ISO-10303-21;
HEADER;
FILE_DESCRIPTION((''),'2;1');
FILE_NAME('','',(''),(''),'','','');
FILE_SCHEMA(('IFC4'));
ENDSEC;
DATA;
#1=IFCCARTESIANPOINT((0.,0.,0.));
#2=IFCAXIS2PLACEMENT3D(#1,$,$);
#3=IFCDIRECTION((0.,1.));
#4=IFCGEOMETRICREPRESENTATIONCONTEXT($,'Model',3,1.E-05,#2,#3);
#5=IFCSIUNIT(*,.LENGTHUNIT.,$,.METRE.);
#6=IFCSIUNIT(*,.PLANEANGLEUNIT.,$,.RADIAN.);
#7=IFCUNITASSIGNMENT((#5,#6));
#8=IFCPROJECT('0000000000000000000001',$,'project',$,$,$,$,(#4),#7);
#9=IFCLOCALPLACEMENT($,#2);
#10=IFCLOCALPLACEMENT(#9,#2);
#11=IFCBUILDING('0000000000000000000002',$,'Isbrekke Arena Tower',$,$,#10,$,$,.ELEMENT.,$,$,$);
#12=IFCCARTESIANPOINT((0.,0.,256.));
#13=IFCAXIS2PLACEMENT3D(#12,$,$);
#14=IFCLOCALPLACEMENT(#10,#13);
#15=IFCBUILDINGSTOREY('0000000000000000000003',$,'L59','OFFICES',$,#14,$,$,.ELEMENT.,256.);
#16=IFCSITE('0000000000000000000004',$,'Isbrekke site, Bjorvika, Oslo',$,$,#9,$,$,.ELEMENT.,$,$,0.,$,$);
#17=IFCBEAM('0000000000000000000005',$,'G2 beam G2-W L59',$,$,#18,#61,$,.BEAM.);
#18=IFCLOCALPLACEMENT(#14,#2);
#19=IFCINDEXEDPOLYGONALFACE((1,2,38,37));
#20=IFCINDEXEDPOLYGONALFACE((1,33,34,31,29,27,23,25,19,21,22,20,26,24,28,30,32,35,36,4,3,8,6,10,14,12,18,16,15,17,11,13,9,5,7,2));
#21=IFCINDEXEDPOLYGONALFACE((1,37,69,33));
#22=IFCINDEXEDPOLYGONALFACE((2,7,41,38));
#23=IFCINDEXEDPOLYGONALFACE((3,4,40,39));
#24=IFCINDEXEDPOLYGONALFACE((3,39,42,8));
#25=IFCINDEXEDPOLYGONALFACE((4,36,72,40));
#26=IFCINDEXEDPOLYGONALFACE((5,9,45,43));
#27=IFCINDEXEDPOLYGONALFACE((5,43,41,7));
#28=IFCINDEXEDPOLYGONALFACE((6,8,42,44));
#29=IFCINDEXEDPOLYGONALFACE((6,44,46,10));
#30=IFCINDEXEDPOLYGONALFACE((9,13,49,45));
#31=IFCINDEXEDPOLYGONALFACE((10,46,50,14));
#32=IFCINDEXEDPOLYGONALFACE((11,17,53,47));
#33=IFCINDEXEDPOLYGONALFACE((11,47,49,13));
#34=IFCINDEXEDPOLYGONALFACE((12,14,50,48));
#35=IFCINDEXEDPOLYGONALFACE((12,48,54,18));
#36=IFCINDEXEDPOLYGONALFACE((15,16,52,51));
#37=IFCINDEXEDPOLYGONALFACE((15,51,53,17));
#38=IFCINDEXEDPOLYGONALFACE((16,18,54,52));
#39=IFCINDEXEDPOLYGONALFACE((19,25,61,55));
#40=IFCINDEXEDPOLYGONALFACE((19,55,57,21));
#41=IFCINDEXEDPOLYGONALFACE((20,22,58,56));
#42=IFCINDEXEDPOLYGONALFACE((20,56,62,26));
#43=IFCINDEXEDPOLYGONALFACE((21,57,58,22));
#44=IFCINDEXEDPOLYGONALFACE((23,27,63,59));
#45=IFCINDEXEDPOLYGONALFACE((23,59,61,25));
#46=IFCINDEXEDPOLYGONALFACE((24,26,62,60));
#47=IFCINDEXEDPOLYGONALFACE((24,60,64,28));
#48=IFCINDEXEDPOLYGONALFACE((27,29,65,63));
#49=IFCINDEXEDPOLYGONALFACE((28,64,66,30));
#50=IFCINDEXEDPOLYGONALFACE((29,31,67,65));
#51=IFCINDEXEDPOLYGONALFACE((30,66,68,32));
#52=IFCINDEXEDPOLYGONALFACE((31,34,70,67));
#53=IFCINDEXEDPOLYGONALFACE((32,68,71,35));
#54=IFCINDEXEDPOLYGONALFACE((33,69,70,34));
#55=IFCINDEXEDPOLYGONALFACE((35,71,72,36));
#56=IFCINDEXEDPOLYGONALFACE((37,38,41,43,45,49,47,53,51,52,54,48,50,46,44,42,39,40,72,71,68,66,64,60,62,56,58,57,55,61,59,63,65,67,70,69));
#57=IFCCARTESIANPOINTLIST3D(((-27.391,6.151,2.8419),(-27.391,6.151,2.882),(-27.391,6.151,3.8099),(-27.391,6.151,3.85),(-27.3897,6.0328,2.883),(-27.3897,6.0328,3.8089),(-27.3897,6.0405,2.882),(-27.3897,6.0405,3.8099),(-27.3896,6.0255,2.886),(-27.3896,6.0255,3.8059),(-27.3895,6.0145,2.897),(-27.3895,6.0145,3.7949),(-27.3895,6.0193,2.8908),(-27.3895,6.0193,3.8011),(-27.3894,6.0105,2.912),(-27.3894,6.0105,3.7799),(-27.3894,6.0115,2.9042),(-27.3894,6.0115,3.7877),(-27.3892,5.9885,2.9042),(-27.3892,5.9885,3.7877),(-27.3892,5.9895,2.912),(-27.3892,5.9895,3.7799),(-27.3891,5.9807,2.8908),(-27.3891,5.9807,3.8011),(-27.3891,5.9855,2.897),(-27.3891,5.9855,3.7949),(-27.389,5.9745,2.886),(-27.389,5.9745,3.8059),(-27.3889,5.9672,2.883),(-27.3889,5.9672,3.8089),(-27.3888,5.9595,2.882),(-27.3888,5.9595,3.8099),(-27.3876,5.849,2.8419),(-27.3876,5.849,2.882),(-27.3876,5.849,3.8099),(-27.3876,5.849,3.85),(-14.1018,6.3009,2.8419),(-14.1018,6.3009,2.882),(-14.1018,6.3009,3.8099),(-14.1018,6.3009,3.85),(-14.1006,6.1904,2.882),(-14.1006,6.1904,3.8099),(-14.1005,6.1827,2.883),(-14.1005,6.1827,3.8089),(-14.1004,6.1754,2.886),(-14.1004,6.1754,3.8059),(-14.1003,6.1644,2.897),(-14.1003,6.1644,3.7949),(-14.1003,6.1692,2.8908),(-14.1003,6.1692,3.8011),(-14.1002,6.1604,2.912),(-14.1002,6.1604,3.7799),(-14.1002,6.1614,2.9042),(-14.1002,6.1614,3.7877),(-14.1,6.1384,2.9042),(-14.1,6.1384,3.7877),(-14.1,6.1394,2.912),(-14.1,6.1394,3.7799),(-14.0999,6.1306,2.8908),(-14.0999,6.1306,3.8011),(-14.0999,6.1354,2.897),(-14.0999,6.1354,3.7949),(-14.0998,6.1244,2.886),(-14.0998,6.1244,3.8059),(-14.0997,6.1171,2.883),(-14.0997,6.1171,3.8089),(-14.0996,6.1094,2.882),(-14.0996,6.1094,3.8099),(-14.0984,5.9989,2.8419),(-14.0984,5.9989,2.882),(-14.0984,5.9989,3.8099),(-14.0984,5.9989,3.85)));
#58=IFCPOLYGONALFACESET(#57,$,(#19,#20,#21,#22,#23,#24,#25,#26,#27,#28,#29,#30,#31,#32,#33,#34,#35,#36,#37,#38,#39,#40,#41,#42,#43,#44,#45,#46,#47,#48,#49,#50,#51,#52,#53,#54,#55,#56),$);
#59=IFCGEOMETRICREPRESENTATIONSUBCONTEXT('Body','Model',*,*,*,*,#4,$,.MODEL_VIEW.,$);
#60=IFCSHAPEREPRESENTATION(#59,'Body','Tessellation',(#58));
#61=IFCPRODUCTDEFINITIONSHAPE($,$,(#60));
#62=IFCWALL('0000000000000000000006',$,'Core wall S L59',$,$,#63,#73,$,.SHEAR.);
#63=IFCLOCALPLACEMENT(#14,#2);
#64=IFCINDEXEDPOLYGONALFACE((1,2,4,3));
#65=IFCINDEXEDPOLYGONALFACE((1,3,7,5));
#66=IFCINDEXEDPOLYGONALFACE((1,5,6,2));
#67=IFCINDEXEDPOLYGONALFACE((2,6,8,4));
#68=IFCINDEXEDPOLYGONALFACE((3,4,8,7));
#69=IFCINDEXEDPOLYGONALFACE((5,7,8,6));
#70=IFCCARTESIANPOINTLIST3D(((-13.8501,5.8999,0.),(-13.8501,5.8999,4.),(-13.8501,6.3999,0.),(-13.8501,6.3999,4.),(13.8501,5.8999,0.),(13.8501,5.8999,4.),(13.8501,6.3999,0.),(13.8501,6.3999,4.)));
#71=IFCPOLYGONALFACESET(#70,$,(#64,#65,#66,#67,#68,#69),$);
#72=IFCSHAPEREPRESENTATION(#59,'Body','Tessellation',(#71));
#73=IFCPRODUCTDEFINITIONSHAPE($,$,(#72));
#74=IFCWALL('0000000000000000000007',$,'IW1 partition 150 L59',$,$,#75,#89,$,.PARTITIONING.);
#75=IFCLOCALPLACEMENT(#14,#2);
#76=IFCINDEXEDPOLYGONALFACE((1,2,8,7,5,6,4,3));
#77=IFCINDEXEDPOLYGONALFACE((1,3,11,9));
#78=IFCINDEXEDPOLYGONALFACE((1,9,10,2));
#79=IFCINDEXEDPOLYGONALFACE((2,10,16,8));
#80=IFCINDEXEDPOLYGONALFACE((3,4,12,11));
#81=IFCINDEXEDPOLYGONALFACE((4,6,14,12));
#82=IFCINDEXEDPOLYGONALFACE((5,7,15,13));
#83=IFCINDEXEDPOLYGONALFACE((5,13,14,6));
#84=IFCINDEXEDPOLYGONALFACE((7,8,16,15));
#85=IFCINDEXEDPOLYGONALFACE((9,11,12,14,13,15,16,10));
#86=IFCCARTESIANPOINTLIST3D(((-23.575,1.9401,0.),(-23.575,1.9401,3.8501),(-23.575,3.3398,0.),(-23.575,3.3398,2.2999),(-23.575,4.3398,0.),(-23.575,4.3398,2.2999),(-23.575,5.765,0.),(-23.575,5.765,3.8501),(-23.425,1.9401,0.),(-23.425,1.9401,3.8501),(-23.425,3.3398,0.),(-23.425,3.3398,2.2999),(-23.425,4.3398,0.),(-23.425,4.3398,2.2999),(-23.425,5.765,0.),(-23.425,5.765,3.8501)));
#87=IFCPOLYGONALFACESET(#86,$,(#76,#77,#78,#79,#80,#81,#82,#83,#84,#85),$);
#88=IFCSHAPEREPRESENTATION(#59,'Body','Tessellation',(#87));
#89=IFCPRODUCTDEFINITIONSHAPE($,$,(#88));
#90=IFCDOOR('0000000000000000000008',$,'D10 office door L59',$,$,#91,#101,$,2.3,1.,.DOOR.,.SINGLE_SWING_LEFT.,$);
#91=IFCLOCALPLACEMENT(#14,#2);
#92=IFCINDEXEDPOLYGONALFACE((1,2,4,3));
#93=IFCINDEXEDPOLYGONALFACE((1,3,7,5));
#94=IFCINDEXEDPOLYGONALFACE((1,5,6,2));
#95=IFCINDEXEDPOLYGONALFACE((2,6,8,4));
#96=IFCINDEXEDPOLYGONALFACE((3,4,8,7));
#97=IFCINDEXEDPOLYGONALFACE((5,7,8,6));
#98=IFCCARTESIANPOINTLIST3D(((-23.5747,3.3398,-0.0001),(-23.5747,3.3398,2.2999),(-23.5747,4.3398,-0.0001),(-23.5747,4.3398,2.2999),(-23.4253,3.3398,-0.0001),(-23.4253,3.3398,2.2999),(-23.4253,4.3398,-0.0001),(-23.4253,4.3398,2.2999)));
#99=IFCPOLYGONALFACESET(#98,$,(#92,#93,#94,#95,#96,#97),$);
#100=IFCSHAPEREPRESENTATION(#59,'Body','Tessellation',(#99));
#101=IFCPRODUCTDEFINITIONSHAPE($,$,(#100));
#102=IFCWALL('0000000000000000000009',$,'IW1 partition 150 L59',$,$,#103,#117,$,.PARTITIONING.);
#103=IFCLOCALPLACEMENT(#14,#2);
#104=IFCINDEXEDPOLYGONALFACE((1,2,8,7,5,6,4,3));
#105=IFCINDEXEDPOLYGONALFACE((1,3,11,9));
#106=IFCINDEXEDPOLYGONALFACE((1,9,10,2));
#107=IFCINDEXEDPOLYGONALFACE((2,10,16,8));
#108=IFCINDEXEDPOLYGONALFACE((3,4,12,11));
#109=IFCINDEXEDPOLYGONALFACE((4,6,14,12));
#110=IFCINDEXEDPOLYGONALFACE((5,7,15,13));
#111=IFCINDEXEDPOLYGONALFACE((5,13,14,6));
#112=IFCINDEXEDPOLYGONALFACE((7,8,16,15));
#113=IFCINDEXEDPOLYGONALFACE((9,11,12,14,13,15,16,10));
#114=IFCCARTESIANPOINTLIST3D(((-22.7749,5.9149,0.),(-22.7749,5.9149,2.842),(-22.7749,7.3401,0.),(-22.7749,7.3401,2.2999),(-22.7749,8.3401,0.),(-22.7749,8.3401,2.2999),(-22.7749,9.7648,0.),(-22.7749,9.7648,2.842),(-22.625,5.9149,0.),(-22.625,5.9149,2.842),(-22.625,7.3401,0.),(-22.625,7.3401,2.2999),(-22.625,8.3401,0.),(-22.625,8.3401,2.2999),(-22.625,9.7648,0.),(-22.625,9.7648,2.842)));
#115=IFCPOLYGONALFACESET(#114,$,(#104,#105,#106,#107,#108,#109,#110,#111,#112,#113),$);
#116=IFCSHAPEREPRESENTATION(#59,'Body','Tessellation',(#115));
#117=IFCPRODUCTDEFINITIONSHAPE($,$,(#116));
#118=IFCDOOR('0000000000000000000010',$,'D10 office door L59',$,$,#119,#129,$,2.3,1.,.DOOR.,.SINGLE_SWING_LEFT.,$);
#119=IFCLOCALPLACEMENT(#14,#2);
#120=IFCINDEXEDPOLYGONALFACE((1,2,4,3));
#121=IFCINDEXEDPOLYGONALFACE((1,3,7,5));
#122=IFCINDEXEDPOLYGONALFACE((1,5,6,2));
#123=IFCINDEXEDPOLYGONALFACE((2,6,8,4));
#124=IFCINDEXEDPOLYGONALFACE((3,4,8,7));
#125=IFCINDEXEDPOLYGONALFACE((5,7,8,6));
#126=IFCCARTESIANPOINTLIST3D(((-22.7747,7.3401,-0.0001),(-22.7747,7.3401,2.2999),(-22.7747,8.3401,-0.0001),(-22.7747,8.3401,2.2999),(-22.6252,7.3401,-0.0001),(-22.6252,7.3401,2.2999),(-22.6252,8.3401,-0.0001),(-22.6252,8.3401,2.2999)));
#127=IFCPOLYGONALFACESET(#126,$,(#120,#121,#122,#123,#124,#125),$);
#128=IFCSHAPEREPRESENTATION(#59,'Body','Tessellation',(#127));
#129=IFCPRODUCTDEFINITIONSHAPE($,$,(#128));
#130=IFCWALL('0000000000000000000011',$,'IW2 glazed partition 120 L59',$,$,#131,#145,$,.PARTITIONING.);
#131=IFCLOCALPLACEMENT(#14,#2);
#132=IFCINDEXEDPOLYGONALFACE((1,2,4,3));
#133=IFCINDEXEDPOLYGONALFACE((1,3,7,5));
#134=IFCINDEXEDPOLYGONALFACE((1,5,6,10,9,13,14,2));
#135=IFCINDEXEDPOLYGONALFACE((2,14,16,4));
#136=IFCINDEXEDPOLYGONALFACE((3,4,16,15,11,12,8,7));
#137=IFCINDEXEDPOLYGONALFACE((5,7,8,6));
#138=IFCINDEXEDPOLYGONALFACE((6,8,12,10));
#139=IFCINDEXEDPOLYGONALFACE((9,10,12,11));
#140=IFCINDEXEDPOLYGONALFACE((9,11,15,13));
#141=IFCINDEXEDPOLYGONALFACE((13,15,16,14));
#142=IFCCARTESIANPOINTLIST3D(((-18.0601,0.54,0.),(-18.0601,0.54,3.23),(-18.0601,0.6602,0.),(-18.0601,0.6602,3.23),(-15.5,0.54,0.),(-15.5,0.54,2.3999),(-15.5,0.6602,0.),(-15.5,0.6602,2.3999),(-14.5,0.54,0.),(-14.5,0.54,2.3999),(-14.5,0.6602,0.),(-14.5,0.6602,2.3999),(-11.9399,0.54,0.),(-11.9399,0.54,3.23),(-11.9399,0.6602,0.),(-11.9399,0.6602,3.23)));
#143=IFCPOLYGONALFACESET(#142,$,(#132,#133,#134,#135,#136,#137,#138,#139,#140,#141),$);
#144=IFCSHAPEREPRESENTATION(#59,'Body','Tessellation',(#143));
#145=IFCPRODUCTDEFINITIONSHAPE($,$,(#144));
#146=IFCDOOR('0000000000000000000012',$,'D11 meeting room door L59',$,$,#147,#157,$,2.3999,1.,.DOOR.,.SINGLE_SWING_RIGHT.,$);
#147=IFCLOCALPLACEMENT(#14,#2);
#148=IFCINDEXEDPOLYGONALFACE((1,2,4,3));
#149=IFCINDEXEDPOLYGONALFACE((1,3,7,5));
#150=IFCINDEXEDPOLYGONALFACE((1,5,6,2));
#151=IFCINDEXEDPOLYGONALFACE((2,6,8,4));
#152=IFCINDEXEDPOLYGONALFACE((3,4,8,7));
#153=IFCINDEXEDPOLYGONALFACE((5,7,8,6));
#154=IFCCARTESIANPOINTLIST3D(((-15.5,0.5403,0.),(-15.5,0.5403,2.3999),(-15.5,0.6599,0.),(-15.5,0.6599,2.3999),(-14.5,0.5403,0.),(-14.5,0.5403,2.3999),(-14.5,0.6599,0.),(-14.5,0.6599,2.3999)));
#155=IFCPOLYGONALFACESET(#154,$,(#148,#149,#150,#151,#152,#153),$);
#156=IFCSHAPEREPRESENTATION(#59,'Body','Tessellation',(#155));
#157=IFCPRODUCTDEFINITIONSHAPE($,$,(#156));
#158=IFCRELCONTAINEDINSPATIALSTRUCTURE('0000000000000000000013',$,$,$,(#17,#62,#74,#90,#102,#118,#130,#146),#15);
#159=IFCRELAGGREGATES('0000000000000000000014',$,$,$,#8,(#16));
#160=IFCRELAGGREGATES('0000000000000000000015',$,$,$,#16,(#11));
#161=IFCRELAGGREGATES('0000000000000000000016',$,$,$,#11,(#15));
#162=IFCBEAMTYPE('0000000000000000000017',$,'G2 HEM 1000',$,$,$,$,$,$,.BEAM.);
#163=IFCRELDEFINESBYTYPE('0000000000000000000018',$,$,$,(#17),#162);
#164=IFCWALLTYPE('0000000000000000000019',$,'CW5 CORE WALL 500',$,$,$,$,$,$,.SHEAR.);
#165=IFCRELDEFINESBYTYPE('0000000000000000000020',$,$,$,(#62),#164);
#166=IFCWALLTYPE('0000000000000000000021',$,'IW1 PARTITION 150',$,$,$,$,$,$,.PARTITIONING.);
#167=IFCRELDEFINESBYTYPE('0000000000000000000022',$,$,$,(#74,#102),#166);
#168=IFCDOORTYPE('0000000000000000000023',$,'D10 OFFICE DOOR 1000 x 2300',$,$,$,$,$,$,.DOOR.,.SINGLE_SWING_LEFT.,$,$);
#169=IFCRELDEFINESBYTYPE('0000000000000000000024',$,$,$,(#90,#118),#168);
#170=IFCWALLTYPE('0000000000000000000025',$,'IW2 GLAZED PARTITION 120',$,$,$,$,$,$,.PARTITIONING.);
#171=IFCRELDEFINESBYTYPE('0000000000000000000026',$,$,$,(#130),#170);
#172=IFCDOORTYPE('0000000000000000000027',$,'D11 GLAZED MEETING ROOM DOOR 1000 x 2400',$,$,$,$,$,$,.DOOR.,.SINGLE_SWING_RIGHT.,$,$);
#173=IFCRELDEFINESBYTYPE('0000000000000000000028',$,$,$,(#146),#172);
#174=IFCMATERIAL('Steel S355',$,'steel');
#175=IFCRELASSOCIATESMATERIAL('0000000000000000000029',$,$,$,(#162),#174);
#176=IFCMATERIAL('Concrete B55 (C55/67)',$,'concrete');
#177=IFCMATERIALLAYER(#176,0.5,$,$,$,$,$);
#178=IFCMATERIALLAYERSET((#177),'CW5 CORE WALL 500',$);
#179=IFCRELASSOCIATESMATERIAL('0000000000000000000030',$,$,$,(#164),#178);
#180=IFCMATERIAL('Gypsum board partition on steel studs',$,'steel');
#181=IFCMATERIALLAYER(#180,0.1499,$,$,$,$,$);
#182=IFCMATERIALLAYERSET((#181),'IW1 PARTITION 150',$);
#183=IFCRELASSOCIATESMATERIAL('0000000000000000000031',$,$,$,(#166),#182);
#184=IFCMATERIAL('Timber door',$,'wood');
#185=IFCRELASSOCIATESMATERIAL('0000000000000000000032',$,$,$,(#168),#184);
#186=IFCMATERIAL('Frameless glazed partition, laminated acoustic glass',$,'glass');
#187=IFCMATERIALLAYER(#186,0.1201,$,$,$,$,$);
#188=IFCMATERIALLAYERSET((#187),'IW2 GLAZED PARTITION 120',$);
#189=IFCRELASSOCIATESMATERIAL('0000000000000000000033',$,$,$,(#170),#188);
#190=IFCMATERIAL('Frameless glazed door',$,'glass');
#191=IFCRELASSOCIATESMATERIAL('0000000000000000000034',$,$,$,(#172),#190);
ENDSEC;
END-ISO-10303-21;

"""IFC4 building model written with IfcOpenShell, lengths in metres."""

from ifc_helpers import new_model, si_unit, direction, frame, frame_2d, origin, origin_2d, place, context, subcontext, project, spatial, rectangle, i_section, extrude, material, layer, layer_set, material_profile, profile_set, type_object, element, fill, save


model = new_model("IFC4")

# Units and contexts
model_context = context("Model", 3, precision=1e-05, world=origin(), true_north=direction((0.0, 1.0)))
body_context = subcontext(model_context, "Body", "Model", "MODEL_VIEW")
ifc_project = project(units=[si_unit("LENGTHUNIT", "METRE"), si_unit("PLANEANGLEUNIT", "RADIAN")], contexts=[model_context])

# Site, building, storey
site_placement = place(None, origin())
site = spatial("IfcSite", under=ifc_project, at=site_placement, Name="Isbrekke site, Bjorvika, Oslo", CompositionType="ELEMENT", RefElevation=0.0)
building_placement = place(site_placement, origin())
building = spatial("IfcBuilding", under=site, at=building_placement, Name="Isbrekke Arena Tower", CompositionType="ELEMENT")
storey_placement = place(building_placement, frame((0.0, 0.0, 256.0)))
storey = spatial("IfcBuildingStorey", under=building, at=storey_placement, Name="L59", Description="OFFICES", CompositionType="ELEMENT", Elevation=256.0)

# Beam
ifc_material_1 = material(Name="Steel S355", Category="steel")
ifc_material_profile = material_profile(ifc_material_1, i_section(OverallWidth=0.302, OverallDepth=1.0081, WebThickness=0.021, FlangeThickness=0.04, FilletRadius=0.03, at=origin_2d()), Name="HEM 1000")
ifc_profile_set = profile_set([ifc_material_profile], Name="Steel S355")
beam_type = type_object("IfcBeamType", Name="G2 HEM 1000", PredefinedType="BEAM", material=ifc_profile_set)
beam_placement = place(storey_placement, frame((-14.1001, 6.1499, 3.3459), z_axis=(-0.999936, -0.011279, 0.0), x_axis=(0.011279, -0.999936, 0.0)))
element("IfcBeam", 1, at=beam_placement, inside=storey, type_object=beam_type, Name="G2 beam G2-W L59", PredefinedType="BEAM", context=body_context, shape_type="SweptSolid", body=[
    extrude(i_section(OverallWidth=0.302, OverallDepth=1.0081, WebThickness=0.021, FlangeThickness=0.04, FilletRadius=0.03, at=origin_2d()), origin(), (0.0, 0.0, 1.0), 13.29),
])

# Wall
ifc_material_2 = material(Name="Concrete B55 (C55/67)", Category="concrete")
ifc_layer_1 = layer(ifc_material_2, 0.5)
ifc_layer_set_1 = layer_set([ifc_layer_1], Name="CW5 CORE WALL 500")
wall_type_1 = type_object("IfcWallType", Name="CW5 CORE WALL 500", PredefinedType="SHEAR", material=ifc_layer_set_1)
wall_1_placement = place(storey_placement, frame((-13.8501, 6.1499, 0.0), z_axis=(0.0, 0.0, 1.0), x_axis=(1.0, 0.0, 0.0)))
element("IfcWall", 2, at=wall_1_placement, inside=storey, type_object=wall_type_1, Name="Core wall S L59", PredefinedType="SHEAR", context=body_context, shape_type="SweptSolid", body=[
    extrude(rectangle(XDim=27.7002, YDim=0.5, at=frame_2d((13.8501, 0.0))), origin(), (0.0, 0.0, 1.0), 4.0),
])

# Walls, openings, doors
ifc_material_3 = material(Name="Gypsum board partition on steel studs", Category="steel")
ifc_layer_2 = layer(ifc_material_3, 0.1499)
ifc_layer_set_2 = layer_set([ifc_layer_2], Name="IW1 PARTITION 150")
wall_type_2 = type_object("IfcWallType", Name="IW1 PARTITION 150", PredefinedType="PARTITIONING", material=ifc_layer_set_2)
wall_2_placement = place(storey_placement, frame((-23.5, 1.9399, 0.0), z_axis=(0.0, 0.0, 1.0), x_axis=(0.0, 1.0, 0.0)))
wall_2 = element("IfcWall", 3, at=wall_2_placement, inside=storey, type_object=wall_type_2, Name="IW1 partition 150 L59", PredefinedType="PARTITIONING", context=body_context, shape_type="SweptSolid", body=[
    extrude(rectangle(XDim=3.825, YDim=0.1499, at=frame_2d((1.9126, 0.0))), origin(), (0.0, 0.0, 1.0), 3.8501),
])
opening_1_placement = place(wall_2_placement, frame((1.3999, 0.0, 0.0)))
opening_1 = element("IfcOpeningElement", 4, at=opening_1_placement, cuts=wall_2, PredefinedType="OPENING", context=body_context, shape_type="SweptSolid", body=[
    extrude(rectangle(XDim=1.0, YDim=2.3, at=frame_2d((0.5, 1.1499))), frame((0.0, 0.0898, 0.0), z_axis=(0.0, -1.0, 0.0), x_axis=(1.0, 0.0, 0.0)), (0.0, 0.0, 1.0), 0.1797),
])
ifc_material_4 = material(Name="Timber door", Category="wood")
door_type_1 = type_object("IfcDoorType", Name="D10 OFFICE DOOR 1000 x 2300", OperationType="SINGLE_SWING_LEFT", PredefinedType="DOOR", material=ifc_material_4)
door_1_placement = place(opening_1_placement, origin())
door_1 = element("IfcDoor", 5, at=door_1_placement, inside=storey, type_object=door_type_1, Name="D10 office door L59", OperationType="SINGLE_SWING_LEFT", OverallHeight=2.3, OverallWidth=1.0, PredefinedType="DOOR", context=body_context, shape_type="SweptSolid", body=[
    extrude(rectangle(XDim=1.0, YDim=2.3, at=frame_2d((0.5, 1.1499))), frame((0.0, 0.0747, 0.0), z_axis=(0.0, -1.0, 0.0), x_axis=(1.0, 0.0, 0.0)), (0.0, 0.0, 1.0), 0.1494),
])
fill(opening_1, door_1)
wall_3_placement = place(storey_placement, frame((-22.7, 5.915, 0.0), z_axis=(0.0, 0.0, 1.0), x_axis=(0.0, 1.0, 0.0)))
wall_3 = element("IfcWall", 6, at=wall_3_placement, inside=storey, type_object=wall_type_2, Name="IW1 partition 150 L59", PredefinedType="PARTITIONING", context=body_context, shape_type="SweptSolid", body=[
    extrude(rectangle(XDim=3.8499, YDim=0.1499, at=frame_2d((1.9248, 0.0))), origin(), (0.0, 0.0, 1.0), 2.842),
])
opening_2_placement = place(wall_3_placement, frame((1.425, 0.0, 0.0)))
opening_2 = element("IfcOpeningElement", 7, at=opening_2_placement, cuts=wall_3, PredefinedType="OPENING", context=body_context, shape_type="SweptSolid", body=[
    extrude(rectangle(XDim=1.0, YDim=2.3, at=frame_2d((0.5, 1.1499))), frame((0.0, 0.0898, 0.0), z_axis=(0.0, -1.0, 0.0), x_axis=(1.0, 0.0, 0.0)), (0.0, 0.0, 1.0), 0.1797),
])
door_2_placement = place(opening_2_placement, origin())
door_2 = element("IfcDoor", 8, at=door_2_placement, inside=storey, type_object=door_type_1, Name="D10 office door L59", OperationType="SINGLE_SWING_LEFT", OverallHeight=2.3, OverallWidth=1.0, PredefinedType="DOOR", context=body_context, shape_type="SweptSolid", body=[
    extrude(rectangle(XDim=1.0, YDim=2.3, at=frame_2d((0.5, 1.1499))), frame((0.0, 0.0747, 0.0), z_axis=(0.0, -1.0, 0.0), x_axis=(1.0, 0.0, 0.0)), (0.0, 0.0, 1.0), 0.1494),
])
fill(opening_2, door_2)
ifc_material_5 = material(Name="Frameless glazed partition, laminated acoustic glass", Category="glass")
ifc_layer_3 = layer(ifc_material_5, 0.1201)
ifc_layer_set_3 = layer_set([ifc_layer_3], Name="IW2 GLAZED PARTITION 120")
wall_type_3 = type_object("IfcWallType", Name="IW2 GLAZED PARTITION 120", PredefinedType="PARTITIONING", material=ifc_layer_set_3)
wall_4_placement = place(storey_placement, frame((-18.0601, 0.6001, 0.0), z_axis=(0.0, 0.0, 1.0), x_axis=(1.0, 0.0, 0.0)))
wall_4 = element("IfcWall", 9, at=wall_4_placement, inside=storey, type_object=wall_type_3, Name="IW2 glazed partition 120 L59", PredefinedType="PARTITIONING", context=body_context, shape_type="SweptSolid", body=[
    extrude(rectangle(XDim=6.1201, YDim=0.1201, at=frame_2d((3.0601, 0.0))), origin(), (0.0, 0.0, 1.0), 3.23),
])
opening_3_placement = place(wall_4_placement, frame((2.5601, 0.0, 0.0)))
opening_3 = element("IfcOpeningElement", 10, at=opening_3_placement, cuts=wall_4, PredefinedType="OPENING", context=body_context, shape_type="SweptSolid", body=[
    extrude(rectangle(XDim=1.0, YDim=2.3999, at=frame_2d((0.5, 1.2))), frame((0.0, 0.075, 0.0), z_axis=(0.0, -1.0, 0.0), x_axis=(1.0, 0.0, 0.0)), (0.0, 0.0, 1.0), 0.1499),
])
ifc_material_6 = material(Name="Frameless glazed door", Category="glass")
door_type_2 = type_object("IfcDoorType", Name="D11 GLAZED MEETING ROOM DOOR 1000 x 2400", OperationType="SINGLE_SWING_RIGHT", PredefinedType="DOOR", material=ifc_material_6)
door_3_placement = place(opening_3_placement, origin())
door_3 = element("IfcDoor", 11, at=door_3_placement, inside=storey, type_object=door_type_2, Name="D11 meeting room door L59", OperationType="SINGLE_SWING_RIGHT", OverallHeight=2.3999, OverallWidth=1.0, PredefinedType="DOOR", context=body_context, shape_type="SweptSolid", body=[
    extrude(rectangle(XDim=1.0, YDim=2.3999, at=frame_2d((0.5, 1.2))), frame((0.0, 0.0598, 0.0), z_axis=(0.0, -1.0, 0.0), x_axis=(1.0, 0.0, 0.0)), (0.0, 0.0, 1.0), 0.1196),
])
fill(opening_3, door_3)

save(model, "model.ifc")
